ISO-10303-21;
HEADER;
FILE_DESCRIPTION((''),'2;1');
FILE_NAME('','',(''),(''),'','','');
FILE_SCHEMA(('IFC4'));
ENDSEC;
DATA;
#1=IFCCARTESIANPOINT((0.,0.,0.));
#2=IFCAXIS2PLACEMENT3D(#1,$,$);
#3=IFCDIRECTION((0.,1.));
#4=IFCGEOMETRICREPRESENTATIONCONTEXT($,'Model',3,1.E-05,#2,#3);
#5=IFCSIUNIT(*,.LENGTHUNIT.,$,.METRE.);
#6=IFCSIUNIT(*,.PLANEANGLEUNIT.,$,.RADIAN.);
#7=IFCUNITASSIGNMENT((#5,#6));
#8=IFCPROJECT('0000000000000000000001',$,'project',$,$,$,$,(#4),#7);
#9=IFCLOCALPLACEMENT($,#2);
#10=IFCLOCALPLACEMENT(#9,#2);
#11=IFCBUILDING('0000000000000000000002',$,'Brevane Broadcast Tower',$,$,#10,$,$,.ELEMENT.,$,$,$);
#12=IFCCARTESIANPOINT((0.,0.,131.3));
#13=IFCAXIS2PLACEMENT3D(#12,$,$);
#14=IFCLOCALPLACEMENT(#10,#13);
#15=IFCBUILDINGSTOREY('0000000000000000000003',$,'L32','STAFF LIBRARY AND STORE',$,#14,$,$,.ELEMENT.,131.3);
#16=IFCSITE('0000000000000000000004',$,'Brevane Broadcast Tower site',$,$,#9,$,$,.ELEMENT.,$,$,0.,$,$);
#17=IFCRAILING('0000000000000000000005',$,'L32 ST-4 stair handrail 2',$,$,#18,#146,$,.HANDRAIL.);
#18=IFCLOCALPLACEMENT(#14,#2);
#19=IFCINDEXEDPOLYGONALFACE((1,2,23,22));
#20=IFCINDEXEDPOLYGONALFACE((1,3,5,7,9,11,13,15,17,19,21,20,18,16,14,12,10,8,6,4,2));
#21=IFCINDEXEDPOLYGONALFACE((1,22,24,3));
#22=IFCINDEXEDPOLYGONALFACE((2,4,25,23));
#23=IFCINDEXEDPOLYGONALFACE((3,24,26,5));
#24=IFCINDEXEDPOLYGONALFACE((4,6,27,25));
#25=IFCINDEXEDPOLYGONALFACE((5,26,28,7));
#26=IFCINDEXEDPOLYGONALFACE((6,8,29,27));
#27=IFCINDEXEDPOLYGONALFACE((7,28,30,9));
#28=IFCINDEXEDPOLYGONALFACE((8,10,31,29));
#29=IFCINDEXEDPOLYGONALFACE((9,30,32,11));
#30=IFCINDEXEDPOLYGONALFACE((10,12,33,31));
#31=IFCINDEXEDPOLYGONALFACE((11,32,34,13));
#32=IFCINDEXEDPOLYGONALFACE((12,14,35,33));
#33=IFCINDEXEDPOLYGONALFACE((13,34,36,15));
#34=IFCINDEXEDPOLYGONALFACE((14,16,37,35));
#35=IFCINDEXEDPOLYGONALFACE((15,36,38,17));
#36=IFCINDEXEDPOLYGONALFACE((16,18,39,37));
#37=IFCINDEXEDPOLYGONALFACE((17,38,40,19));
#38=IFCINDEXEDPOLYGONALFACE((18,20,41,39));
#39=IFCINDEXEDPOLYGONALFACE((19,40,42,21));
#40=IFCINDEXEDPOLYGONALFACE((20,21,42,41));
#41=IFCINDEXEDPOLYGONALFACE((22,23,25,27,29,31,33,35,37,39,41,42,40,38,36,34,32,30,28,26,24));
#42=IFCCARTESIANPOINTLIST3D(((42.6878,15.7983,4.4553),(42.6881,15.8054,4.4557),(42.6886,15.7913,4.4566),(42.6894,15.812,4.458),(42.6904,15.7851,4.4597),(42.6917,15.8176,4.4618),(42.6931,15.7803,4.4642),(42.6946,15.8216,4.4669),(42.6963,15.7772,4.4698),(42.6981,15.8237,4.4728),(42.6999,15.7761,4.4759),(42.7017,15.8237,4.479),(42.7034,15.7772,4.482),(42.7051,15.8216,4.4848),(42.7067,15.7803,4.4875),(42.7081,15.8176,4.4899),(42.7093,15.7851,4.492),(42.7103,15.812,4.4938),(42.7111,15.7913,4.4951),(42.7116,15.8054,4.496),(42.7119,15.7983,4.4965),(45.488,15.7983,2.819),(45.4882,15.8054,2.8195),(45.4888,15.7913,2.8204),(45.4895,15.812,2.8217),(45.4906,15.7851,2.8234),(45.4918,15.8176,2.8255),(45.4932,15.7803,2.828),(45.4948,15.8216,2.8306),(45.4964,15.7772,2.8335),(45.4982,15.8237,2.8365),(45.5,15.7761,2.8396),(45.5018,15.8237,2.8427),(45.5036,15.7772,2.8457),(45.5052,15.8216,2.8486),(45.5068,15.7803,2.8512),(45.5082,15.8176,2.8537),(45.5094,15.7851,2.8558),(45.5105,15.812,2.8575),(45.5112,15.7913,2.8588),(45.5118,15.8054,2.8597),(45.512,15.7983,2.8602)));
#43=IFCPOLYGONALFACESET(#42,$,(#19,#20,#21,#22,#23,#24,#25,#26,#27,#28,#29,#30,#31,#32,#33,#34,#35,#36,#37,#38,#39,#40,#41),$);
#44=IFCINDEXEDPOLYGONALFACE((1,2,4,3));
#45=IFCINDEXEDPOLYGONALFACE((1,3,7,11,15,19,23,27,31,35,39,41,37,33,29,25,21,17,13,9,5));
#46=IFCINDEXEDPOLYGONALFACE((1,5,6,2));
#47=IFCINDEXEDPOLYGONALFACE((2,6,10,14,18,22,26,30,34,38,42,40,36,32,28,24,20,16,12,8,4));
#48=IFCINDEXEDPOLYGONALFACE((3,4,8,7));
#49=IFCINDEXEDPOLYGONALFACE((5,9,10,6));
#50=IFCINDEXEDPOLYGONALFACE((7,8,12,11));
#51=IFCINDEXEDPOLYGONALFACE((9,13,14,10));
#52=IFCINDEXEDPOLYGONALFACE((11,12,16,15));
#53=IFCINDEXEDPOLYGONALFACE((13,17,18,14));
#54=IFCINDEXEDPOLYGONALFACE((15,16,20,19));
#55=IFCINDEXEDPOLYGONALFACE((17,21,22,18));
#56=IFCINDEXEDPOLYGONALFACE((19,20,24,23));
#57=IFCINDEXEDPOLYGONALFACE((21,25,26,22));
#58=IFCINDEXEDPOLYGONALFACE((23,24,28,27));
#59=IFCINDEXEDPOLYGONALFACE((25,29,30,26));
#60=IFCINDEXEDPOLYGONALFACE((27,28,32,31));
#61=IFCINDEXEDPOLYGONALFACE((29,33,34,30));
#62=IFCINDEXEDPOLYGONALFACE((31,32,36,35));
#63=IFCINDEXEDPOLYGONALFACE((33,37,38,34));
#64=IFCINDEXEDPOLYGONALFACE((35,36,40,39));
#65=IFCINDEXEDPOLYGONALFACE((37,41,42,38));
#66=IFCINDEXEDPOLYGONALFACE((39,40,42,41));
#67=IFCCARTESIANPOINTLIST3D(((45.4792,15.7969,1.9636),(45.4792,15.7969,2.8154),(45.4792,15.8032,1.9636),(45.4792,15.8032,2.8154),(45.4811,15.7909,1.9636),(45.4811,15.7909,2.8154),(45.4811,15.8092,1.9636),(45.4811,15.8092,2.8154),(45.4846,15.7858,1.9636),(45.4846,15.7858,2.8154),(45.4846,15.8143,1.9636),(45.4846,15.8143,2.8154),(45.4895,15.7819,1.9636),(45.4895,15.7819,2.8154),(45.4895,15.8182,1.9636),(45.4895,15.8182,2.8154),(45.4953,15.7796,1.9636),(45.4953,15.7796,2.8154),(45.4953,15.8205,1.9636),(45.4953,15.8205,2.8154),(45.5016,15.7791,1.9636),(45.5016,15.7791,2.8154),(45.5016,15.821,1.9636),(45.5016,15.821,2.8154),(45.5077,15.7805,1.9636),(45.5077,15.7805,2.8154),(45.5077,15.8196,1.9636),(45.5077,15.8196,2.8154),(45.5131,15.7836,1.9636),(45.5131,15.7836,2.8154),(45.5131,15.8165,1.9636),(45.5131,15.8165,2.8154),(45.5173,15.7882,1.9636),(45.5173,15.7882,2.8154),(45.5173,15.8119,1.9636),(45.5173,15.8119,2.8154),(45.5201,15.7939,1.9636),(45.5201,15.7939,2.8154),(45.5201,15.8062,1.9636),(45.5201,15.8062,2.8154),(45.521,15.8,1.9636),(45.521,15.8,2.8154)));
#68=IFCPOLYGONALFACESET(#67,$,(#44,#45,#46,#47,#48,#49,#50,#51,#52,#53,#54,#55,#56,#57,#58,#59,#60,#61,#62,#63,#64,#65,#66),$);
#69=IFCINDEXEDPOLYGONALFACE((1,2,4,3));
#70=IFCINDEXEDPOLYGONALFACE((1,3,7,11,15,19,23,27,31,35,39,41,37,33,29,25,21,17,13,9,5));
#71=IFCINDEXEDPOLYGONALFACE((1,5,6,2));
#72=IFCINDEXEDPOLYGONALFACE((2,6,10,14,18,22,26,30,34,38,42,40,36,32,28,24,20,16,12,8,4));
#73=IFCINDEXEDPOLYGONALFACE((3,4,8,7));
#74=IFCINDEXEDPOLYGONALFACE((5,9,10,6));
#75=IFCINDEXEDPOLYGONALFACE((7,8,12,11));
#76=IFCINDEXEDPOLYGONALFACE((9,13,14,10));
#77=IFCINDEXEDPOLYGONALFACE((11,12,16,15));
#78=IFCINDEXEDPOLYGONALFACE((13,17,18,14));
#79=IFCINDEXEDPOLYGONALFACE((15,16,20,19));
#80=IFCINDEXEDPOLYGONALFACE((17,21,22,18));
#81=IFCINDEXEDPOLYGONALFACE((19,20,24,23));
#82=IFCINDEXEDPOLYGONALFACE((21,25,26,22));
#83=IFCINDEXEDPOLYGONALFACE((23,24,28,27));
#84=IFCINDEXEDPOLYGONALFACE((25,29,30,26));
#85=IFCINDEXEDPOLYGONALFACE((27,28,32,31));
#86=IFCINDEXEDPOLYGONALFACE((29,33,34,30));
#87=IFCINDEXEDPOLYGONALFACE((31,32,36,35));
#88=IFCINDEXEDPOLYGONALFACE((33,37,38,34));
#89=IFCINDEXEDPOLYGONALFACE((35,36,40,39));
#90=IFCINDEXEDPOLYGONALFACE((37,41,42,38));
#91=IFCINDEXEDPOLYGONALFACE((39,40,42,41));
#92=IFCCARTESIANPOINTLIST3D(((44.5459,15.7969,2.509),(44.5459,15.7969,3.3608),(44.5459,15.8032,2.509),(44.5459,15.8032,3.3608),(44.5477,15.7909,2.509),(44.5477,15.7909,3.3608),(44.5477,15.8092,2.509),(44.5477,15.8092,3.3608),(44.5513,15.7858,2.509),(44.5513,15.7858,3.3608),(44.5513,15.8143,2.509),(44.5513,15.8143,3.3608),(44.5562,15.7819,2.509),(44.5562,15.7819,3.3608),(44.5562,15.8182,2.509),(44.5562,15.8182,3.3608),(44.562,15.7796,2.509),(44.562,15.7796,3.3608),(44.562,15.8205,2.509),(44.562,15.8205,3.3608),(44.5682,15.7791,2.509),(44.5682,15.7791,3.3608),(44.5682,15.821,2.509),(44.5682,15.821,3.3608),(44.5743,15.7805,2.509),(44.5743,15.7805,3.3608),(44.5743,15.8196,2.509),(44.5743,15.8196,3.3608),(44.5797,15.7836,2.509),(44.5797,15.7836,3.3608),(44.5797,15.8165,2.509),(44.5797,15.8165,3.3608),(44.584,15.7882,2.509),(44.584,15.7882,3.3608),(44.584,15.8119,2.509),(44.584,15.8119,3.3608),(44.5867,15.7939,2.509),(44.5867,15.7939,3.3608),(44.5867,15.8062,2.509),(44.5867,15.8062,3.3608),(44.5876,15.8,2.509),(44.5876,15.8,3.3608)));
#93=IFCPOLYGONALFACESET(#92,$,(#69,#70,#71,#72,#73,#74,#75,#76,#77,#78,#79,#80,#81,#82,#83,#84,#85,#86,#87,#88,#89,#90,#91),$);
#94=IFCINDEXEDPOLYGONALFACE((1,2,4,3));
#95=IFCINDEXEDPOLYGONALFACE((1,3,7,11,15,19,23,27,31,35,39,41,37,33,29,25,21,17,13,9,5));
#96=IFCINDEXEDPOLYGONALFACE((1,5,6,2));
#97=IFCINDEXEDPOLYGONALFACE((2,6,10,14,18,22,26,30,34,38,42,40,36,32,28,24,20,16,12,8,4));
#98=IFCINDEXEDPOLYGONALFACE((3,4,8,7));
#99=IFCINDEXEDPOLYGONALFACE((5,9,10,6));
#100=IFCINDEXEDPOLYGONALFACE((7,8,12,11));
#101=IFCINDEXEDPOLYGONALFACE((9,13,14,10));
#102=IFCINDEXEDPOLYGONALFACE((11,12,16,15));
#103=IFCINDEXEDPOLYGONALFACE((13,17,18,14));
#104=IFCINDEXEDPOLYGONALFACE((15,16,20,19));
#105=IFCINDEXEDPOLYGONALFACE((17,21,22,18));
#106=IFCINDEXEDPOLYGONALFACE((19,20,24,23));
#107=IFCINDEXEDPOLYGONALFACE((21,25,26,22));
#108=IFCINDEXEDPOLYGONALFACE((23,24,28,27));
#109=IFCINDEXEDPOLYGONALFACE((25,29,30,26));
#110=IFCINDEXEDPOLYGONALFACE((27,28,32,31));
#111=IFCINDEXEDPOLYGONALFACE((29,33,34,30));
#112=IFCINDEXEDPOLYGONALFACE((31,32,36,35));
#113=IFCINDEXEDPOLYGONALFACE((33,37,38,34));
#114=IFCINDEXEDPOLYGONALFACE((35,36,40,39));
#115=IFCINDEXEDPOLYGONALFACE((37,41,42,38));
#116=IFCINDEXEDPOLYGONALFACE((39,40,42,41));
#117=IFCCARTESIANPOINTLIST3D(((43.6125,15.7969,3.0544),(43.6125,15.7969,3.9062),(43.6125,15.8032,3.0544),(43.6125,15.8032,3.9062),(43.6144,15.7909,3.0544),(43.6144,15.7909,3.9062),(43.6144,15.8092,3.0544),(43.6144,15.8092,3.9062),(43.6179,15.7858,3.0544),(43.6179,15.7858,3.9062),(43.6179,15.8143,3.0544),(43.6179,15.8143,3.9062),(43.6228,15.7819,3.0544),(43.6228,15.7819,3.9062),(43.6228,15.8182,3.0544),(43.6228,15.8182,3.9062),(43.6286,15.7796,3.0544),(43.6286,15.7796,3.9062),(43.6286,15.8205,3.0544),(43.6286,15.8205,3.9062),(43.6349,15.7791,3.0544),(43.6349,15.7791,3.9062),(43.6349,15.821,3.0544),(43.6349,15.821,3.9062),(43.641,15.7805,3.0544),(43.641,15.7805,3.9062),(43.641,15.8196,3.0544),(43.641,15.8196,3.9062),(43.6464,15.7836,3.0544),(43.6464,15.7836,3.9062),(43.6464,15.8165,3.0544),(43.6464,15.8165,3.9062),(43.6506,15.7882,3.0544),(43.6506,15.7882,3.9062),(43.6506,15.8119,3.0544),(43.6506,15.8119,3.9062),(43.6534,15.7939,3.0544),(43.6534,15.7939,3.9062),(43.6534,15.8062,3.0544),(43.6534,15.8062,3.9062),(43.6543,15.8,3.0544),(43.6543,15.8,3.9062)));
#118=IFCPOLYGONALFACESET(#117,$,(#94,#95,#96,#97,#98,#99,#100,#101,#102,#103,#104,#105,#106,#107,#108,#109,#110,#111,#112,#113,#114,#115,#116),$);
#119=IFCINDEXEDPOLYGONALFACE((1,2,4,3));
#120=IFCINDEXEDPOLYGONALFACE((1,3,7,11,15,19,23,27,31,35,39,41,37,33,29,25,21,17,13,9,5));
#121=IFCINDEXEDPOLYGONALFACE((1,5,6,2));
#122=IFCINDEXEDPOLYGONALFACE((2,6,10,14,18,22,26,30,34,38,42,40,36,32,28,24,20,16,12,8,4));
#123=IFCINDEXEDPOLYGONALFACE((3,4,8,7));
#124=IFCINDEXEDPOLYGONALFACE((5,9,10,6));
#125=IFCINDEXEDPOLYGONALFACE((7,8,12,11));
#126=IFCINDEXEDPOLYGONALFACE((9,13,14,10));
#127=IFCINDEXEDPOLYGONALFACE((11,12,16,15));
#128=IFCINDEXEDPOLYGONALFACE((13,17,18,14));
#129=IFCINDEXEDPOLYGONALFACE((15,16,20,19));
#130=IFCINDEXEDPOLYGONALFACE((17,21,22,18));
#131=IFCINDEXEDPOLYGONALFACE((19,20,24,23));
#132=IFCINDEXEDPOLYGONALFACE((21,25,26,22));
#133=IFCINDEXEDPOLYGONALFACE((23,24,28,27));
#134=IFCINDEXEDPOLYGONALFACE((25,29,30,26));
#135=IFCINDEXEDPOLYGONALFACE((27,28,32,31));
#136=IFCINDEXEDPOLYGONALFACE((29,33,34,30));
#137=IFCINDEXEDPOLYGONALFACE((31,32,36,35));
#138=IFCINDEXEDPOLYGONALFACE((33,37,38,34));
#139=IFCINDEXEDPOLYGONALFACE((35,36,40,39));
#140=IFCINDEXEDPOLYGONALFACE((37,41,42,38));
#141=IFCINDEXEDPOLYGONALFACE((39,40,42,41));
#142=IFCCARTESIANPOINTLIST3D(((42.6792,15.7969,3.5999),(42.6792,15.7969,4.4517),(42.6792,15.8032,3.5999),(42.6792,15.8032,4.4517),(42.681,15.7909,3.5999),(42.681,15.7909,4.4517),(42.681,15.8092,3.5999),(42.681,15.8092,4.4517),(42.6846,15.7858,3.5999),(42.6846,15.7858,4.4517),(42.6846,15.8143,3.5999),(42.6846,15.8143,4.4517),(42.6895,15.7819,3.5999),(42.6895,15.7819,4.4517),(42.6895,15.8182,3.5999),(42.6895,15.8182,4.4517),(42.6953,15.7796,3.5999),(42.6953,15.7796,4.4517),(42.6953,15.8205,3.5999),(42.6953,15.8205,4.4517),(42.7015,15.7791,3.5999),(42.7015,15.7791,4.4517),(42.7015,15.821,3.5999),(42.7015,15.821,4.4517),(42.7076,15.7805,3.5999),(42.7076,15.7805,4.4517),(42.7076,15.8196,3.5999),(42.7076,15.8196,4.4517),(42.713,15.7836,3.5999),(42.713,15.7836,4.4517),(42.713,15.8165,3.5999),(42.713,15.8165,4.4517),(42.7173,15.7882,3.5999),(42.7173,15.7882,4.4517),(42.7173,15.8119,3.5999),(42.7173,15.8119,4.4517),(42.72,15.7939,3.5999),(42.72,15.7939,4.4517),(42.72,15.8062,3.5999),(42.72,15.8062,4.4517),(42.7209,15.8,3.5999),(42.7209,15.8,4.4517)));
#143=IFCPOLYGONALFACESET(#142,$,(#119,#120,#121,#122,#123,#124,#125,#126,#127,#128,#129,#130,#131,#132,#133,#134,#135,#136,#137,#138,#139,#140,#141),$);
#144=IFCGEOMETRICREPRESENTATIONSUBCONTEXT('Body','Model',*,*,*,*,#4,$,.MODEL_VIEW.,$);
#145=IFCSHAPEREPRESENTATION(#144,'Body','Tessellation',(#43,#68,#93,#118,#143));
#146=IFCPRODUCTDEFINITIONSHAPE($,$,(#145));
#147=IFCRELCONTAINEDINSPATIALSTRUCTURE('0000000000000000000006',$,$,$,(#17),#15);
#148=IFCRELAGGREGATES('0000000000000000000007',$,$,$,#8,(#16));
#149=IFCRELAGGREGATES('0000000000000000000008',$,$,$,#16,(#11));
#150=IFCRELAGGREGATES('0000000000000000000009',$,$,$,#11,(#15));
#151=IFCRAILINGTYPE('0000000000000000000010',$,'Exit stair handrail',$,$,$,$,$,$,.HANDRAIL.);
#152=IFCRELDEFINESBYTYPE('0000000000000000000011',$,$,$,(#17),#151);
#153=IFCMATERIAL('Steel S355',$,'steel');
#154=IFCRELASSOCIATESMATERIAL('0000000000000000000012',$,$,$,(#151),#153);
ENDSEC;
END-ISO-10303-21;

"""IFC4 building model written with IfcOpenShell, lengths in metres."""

from ifc_helpers import new_model, si_unit, direction, frame, origin, origin_2d, place, context, subcontext, project, spatial, circle, extrude, material, type_object, element, save


model = new_model("IFC4")

# Units and contexts
model_context = context("Model", 3, precision=1e-05, world=origin(), true_north=direction((0.0, 1.0)))
body_context = subcontext(model_context, "Body", "Model", "MODEL_VIEW")
ifc_project = project(units=[si_unit("LENGTHUNIT", "METRE"), si_unit("PLANEANGLEUNIT", "RADIAN")], contexts=[model_context])

# Site, building, storey
site_placement = place(None, origin())
site = spatial("IfcSite", under=ifc_project, at=site_placement, Name="Brevane Broadcast Tower site", CompositionType="ELEMENT", RefElevation=0.0)
building_placement = place(site_placement, origin())
building = spatial("IfcBuilding", under=site, at=building_placement, Name="Brevane Broadcast Tower", CompositionType="ELEMENT")
storey_placement = place(building_placement, frame((0.0, 0.0, 131.3)))
storey = spatial("IfcBuildingStorey", under=building, at=storey_placement, Name="L32", Description="STAFF LIBRARY AND STORE", CompositionType="ELEMENT", Elevation=131.3)

# Railing
ifc_material_1 = material(Name="Steel S355", Category="steel")
railing_type_1 = type_object("IfcRailingType", Name="Exit stair handrail", PredefinedType="HANDRAIL", material=ifc_material_1)
railing_1_placement = place(storey_placement, frame((45.5, 15.8, 1.9636)))
element("IfcRailing", 1, at=railing_1_placement, inside=storey, type_object=railing_type_1, Name="L32 ST-4 stair handrail 2", PredefinedType="HANDRAIL", context=body_context, shape_type="SweptSolid", body=[
    extrude(circle(Radius=0.0239, at=origin_2d()), frame((0.0, 0.0, 0.876), z_axis=(-0.863394, 0.0, 0.504531), x_axis=(0.0, -1.0, 0.0)), (0.0, 0.0, 1.0), 3.2432),
    extrude(circle(Radius=0.021, at=origin_2d()), origin(), (0.0, 0.0, 1.0), 0.8518),
    extrude(circle(Radius=0.021, at=origin_2d()), frame((-0.9333, 0.0, 0.5454)), (0.0, 0.0, 1.0), 0.8518),
    extrude(circle(Radius=0.021, at=origin_2d()), frame((-1.8667, 0.0, 1.0908)), (0.0, 0.0, 1.0), 0.8518),
    extrude(circle(Radius=0.021, at=origin_2d()), frame((-2.8, 0.0, 1.6362)), (0.0, 0.0, 1.0), 0.8518),
])

save(model, "model.ifc")
